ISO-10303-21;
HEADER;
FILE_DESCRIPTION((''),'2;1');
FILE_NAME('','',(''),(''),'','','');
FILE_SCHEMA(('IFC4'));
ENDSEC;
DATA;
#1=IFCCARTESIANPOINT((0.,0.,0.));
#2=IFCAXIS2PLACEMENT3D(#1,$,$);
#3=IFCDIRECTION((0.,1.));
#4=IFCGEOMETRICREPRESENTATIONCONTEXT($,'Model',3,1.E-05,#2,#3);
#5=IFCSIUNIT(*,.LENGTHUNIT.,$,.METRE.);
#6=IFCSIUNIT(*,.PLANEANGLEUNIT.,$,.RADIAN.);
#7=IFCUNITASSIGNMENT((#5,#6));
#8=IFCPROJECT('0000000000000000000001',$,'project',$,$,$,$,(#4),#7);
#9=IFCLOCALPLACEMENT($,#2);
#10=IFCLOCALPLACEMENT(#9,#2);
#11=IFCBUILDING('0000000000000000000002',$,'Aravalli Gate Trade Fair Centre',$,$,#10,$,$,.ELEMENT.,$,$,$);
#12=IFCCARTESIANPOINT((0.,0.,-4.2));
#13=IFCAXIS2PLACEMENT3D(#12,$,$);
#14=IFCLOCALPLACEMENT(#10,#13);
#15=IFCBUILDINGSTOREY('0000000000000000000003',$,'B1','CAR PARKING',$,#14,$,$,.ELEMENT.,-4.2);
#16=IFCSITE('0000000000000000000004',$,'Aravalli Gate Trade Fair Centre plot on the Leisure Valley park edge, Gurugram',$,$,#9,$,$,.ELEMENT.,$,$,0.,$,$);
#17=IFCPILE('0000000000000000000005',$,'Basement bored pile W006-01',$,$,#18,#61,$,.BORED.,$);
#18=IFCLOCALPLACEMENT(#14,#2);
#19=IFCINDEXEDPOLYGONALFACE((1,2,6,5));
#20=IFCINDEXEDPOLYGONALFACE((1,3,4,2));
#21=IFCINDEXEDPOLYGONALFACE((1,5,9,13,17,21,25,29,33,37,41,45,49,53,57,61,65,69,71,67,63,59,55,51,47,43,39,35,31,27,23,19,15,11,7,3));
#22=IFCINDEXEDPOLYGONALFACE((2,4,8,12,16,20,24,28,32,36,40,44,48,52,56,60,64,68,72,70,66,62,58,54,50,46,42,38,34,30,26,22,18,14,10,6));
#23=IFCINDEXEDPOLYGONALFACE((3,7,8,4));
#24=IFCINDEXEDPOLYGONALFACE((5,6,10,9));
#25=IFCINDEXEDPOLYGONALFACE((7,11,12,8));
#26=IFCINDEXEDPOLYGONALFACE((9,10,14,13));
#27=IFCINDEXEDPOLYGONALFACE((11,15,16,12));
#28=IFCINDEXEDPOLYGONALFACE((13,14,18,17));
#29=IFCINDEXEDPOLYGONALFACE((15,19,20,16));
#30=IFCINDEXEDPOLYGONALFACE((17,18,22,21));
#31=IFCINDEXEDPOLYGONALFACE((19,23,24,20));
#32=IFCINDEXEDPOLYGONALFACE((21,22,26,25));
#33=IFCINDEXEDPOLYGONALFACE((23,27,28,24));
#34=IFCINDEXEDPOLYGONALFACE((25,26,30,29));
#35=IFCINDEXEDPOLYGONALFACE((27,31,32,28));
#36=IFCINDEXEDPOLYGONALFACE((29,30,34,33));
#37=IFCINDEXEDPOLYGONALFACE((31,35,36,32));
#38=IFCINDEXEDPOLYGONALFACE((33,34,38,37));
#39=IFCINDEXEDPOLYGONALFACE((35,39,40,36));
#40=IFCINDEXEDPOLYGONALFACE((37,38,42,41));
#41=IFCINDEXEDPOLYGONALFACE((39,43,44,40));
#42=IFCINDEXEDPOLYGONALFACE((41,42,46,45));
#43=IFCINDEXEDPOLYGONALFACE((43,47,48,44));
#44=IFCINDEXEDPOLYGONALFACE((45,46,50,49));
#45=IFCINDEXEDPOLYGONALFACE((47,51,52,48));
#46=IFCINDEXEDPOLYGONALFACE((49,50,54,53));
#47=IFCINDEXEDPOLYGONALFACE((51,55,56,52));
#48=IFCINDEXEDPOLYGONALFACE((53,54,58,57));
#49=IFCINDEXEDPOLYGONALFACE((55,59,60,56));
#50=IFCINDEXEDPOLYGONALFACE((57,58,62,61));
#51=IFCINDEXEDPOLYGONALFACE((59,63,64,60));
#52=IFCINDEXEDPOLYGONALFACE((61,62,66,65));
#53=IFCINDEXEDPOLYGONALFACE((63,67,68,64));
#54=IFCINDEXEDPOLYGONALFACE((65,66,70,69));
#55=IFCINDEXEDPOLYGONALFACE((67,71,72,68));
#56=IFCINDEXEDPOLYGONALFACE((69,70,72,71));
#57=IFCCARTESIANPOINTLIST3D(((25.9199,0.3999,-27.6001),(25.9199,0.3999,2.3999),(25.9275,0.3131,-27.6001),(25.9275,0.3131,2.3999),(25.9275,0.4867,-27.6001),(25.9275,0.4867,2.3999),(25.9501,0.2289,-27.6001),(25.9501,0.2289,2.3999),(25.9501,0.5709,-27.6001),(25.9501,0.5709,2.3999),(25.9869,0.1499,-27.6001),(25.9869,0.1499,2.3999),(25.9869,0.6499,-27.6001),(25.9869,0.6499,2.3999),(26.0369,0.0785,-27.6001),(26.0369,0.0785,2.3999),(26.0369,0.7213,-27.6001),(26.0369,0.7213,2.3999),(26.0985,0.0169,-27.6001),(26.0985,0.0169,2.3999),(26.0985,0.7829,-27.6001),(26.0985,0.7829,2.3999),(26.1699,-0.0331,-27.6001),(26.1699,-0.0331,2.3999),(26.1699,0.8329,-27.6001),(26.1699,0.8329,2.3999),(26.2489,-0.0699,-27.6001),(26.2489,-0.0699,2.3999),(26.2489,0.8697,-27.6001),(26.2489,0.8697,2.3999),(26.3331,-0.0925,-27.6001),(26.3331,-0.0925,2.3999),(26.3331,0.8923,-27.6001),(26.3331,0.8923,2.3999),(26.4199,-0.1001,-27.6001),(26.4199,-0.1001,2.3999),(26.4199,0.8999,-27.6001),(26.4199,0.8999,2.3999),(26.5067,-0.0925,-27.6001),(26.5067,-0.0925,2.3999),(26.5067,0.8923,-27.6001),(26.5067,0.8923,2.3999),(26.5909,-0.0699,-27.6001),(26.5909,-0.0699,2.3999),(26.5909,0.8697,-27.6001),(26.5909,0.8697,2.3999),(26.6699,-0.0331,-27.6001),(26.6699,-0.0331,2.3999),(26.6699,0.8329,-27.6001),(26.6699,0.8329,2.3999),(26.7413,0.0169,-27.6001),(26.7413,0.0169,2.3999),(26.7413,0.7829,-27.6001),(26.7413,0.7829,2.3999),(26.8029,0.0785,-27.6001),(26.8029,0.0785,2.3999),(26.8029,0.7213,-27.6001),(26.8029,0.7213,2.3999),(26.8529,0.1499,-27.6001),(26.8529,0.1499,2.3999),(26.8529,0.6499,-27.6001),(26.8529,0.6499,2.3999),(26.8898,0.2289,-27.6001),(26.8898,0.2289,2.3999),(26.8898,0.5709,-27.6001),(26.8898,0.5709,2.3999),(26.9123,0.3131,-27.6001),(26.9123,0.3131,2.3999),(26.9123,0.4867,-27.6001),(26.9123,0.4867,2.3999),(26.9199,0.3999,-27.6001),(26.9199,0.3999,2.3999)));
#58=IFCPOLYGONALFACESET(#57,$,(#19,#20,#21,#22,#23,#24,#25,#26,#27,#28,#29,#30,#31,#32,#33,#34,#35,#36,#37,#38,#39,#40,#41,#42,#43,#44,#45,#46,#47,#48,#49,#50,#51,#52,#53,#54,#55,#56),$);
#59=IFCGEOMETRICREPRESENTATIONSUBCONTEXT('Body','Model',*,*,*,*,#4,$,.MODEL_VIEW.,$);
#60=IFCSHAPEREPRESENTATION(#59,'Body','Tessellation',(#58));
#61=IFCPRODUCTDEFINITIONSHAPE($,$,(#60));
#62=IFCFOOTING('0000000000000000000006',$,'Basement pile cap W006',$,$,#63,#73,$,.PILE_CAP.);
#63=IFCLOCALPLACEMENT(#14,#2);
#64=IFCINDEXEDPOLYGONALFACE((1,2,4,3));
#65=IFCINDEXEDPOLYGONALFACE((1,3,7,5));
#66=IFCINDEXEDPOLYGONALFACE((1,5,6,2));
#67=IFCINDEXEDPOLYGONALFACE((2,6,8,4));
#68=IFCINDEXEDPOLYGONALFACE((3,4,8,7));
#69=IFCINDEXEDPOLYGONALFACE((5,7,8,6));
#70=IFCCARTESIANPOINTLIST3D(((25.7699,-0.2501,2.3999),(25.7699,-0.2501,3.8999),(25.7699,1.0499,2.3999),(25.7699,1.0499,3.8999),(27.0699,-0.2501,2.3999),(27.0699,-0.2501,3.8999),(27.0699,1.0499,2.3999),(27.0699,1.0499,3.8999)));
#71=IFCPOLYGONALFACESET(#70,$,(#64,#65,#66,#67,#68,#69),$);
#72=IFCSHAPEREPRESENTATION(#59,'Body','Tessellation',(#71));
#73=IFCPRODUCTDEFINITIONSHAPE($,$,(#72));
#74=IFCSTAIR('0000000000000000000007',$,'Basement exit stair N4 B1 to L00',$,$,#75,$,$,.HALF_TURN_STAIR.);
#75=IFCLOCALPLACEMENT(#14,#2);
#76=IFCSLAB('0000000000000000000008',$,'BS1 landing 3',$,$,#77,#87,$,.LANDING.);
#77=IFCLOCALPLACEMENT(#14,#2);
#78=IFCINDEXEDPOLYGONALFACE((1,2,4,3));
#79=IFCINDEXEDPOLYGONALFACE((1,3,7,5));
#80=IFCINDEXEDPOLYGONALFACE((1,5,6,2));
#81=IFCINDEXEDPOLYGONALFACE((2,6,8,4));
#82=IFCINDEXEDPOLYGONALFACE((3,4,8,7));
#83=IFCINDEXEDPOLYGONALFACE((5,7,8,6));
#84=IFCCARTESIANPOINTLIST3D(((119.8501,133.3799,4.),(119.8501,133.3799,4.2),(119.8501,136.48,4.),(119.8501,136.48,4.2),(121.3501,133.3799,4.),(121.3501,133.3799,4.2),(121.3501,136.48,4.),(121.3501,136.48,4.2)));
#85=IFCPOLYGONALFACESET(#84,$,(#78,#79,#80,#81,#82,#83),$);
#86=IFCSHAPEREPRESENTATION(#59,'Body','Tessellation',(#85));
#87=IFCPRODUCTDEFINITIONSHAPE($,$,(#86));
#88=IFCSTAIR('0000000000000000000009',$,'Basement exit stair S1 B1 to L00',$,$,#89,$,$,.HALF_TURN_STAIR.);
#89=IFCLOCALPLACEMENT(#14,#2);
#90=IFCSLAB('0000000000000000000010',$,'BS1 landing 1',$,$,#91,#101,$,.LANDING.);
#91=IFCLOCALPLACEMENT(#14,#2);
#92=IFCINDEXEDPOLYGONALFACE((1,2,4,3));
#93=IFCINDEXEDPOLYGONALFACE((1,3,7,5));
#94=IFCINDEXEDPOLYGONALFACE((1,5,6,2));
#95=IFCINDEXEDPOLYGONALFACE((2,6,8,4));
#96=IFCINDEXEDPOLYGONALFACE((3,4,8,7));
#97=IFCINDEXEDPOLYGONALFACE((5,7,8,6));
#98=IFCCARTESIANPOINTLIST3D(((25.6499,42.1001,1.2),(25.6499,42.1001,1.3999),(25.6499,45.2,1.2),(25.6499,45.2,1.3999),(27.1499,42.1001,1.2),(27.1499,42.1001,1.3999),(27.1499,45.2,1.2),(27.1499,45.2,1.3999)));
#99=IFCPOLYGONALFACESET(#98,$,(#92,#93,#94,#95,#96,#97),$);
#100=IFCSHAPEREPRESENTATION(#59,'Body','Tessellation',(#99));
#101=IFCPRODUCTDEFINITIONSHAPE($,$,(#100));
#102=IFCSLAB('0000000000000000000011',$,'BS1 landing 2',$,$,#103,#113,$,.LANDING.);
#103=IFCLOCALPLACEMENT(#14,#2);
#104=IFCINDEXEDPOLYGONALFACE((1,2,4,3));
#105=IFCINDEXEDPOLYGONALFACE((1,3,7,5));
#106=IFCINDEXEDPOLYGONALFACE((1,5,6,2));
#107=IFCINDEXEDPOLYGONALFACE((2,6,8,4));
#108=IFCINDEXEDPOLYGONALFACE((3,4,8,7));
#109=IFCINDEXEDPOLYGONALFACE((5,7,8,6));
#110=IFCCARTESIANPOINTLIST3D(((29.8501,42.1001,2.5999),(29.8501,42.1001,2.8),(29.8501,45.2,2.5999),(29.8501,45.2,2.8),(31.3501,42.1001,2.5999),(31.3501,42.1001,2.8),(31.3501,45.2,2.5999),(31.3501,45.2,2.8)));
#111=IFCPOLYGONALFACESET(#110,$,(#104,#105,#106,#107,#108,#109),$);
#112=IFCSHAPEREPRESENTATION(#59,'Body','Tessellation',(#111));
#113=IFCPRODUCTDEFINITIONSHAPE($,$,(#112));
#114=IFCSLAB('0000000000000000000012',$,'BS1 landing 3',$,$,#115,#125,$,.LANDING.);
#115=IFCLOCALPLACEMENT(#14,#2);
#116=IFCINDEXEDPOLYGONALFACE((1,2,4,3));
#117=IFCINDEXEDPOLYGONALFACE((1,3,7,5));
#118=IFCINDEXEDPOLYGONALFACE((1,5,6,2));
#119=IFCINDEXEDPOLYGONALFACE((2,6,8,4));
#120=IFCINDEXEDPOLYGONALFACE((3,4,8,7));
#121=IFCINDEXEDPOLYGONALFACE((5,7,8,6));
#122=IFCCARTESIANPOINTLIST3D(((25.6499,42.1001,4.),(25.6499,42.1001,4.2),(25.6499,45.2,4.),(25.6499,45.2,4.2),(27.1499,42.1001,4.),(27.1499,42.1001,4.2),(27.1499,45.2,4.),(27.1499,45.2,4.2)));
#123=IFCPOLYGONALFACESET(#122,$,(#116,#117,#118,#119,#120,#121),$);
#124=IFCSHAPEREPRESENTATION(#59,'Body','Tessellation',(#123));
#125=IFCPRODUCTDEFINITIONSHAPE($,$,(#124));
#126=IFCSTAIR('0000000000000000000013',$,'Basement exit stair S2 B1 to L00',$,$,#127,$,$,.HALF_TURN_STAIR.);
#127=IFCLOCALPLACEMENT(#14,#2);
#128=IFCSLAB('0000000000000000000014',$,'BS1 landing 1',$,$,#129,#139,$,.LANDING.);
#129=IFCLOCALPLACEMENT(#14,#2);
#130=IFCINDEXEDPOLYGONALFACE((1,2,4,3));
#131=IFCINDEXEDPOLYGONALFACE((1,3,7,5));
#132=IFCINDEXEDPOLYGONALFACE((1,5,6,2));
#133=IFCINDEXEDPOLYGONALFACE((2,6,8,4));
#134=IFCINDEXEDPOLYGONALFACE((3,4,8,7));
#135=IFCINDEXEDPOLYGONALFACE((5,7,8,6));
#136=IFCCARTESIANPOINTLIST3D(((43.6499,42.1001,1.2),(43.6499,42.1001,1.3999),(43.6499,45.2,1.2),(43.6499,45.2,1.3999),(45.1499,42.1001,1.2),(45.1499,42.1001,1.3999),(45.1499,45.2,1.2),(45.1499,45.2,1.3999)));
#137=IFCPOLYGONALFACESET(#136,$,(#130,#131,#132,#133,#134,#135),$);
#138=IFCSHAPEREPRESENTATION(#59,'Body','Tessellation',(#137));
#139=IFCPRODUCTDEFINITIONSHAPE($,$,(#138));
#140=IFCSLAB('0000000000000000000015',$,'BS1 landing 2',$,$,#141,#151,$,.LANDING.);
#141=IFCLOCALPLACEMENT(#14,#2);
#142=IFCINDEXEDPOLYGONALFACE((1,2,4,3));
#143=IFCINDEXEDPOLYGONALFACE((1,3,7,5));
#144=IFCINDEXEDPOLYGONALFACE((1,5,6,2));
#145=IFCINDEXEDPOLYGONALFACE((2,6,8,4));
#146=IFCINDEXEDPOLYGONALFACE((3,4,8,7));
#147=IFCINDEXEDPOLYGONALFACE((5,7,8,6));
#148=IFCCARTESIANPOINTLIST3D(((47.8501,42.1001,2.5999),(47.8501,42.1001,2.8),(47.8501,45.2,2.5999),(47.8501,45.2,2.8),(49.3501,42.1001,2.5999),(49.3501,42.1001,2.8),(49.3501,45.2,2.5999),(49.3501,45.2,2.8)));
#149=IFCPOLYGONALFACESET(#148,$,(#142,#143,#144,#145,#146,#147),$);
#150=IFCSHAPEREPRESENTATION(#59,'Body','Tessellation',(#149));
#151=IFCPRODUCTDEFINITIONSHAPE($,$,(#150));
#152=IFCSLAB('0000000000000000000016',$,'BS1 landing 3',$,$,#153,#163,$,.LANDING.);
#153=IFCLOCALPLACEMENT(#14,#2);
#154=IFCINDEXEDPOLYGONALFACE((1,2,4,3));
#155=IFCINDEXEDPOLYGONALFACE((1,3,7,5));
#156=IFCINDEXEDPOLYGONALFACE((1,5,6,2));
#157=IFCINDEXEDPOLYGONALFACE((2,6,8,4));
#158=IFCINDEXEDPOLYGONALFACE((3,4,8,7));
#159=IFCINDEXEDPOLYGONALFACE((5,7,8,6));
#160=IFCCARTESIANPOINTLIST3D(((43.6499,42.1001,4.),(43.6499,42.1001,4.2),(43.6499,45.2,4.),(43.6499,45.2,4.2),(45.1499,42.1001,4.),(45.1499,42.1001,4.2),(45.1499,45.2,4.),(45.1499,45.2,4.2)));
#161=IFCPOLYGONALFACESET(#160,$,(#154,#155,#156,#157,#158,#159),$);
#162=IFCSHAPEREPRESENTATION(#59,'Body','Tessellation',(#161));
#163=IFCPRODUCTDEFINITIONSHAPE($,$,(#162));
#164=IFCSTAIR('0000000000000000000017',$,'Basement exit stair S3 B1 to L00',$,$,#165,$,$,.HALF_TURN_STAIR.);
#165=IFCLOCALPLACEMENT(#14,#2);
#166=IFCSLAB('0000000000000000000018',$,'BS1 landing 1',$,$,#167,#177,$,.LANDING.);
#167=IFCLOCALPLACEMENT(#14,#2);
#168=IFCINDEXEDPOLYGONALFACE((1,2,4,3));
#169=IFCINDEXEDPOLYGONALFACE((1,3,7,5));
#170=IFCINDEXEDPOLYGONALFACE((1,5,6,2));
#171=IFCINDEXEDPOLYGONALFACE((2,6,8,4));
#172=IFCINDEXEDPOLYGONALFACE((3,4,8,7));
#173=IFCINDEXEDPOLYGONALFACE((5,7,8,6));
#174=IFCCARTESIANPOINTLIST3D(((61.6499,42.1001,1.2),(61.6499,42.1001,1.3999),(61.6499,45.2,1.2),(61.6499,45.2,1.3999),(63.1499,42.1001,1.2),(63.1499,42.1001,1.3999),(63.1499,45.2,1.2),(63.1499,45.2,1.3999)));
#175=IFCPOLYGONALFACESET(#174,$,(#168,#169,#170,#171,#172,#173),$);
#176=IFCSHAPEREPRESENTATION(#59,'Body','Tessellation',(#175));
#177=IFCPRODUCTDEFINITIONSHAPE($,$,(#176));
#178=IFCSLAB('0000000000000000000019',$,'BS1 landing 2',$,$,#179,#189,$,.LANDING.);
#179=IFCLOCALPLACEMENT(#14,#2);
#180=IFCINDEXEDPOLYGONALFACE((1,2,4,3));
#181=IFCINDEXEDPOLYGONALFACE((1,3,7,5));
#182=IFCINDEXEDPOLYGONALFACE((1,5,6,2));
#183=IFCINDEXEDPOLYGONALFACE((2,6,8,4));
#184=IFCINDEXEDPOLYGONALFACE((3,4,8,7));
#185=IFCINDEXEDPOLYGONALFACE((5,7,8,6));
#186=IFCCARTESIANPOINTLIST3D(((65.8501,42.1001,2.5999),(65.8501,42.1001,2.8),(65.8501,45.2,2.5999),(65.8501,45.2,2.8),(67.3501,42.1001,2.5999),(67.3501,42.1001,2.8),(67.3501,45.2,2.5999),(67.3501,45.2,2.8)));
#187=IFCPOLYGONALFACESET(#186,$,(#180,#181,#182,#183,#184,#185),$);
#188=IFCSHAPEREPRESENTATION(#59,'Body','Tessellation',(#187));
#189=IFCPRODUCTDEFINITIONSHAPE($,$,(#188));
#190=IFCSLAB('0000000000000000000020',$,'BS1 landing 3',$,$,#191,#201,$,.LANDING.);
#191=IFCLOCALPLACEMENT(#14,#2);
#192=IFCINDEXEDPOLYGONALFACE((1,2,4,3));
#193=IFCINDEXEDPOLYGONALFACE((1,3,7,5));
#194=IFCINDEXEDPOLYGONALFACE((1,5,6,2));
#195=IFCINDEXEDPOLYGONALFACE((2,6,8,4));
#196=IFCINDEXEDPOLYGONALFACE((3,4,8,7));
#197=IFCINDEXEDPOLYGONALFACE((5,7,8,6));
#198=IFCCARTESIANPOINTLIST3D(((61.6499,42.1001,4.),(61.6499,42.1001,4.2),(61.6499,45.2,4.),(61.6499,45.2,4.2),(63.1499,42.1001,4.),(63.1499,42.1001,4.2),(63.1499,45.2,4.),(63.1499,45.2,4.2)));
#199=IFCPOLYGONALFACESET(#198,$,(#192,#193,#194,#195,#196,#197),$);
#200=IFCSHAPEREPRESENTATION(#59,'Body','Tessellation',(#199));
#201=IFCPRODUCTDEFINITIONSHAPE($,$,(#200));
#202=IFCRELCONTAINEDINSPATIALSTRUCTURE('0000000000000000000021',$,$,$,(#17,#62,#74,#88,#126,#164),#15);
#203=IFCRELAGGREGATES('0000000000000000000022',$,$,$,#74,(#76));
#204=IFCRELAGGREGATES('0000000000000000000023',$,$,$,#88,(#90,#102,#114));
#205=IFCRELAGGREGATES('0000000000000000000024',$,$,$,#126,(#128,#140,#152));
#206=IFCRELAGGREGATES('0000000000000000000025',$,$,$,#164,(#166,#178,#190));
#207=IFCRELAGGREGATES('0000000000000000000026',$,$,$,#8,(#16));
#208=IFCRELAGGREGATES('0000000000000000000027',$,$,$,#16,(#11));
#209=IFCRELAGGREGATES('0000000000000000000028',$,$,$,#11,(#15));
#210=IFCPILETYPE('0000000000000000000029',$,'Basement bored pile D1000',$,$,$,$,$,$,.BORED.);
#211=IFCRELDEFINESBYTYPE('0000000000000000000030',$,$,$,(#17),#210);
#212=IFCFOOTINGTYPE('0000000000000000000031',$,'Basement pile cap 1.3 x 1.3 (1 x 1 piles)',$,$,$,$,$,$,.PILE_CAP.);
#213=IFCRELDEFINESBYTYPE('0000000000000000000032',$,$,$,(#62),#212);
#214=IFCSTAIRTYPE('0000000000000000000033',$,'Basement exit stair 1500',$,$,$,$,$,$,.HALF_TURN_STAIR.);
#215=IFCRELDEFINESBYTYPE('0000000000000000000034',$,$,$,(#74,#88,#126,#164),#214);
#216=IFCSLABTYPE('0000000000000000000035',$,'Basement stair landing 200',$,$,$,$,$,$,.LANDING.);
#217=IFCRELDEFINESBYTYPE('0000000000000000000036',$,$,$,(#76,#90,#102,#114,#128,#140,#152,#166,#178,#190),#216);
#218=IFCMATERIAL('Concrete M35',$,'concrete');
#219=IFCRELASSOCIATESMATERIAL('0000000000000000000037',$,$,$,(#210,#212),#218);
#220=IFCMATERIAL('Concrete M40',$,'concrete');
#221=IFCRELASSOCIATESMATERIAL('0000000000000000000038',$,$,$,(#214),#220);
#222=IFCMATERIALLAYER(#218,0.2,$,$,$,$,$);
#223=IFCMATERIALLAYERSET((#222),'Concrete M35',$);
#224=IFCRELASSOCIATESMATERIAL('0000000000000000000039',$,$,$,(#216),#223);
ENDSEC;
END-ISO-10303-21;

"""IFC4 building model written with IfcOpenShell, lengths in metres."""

from ifc_helpers import new_model, si_unit, direction, frame, origin, origin_2d, place, context, subcontext, project, spatial, polyline, rectangle, circle, outline, extrude, material, layer, layer_set, material_profile, profile_set, type_object, element, aggregate, save


model = new_model("IFC4")

# Units and contexts
model_context = context("Model", 3, precision=1e-05, world=origin(), true_north=direction((0.0, 1.0)))
body_context = subcontext(model_context, "Body", "Model", "MODEL_VIEW")
ifc_project = project(units=[si_unit("LENGTHUNIT", "METRE"), si_unit("PLANEANGLEUNIT", "RADIAN")], contexts=[model_context])

# Site, building, storey
site_placement = place(None, origin())
site = spatial("IfcSite", under=ifc_project, at=site_placement, Name="Aravalli Gate Trade Fair Centre plot on the Leisure Valley park edge, Gurugram", CompositionType="ELEMENT", RefElevation=0.0)
building_placement = place(site_placement, origin())
building = spatial("IfcBuilding", under=site, at=building_placement, Name="Aravalli Gate Trade Fair Centre", CompositionType="ELEMENT")
storey_placement = place(building_placement, frame((0.0, 0.0, -4.2)))
storey = spatial("IfcBuildingStorey", under=building, at=storey_placement, Name="B1", Description="CAR PARKING", CompositionType="ELEMENT", Elevation=-4.2)

# Pile
ifc_material_1 = material(Name="Concrete M35", Category="concrete")
ifc_material_profile = material_profile(ifc_material_1, circle(Radius=0.5, at=origin_2d()), Name="D1000")
ifc_profile_set = profile_set([ifc_material_profile], Name="Concrete M35")
pile_type = type_object("IfcPileType", Name="Basement bored pile D1000", PredefinedType="BORED", material=ifc_profile_set)
pile_placement = place(storey_placement, frame((26.4199, 0.3999, 2.3999), z_axis=(0.0, 0.0, -1.0), x_axis=(1.0, 0.0, 0.0)))
element("IfcPile", 1, at=pile_placement, inside=storey, type_object=pile_type, Name="Basement bored pile W006-01", PredefinedType="BORED", context=body_context, shape_type="SweptSolid", body=[
    extrude(circle(Radius=0.5, at=origin_2d()), origin(), (0.0, 0.0, 1.0), 30.0),
])

# Footing
footing_type = type_object("IfcFootingType", Name="Basement pile cap 1.3 x 1.3 (1 x 1 piles)", PredefinedType="PILE_CAP", material=ifc_material_1)
footing_placement = place(storey_placement, frame((26.4199, 0.3999, 2.3999), z_axis=(0.0, 0.0, 1.0), x_axis=(1.0, 0.0, 0.0)))
element("IfcFooting", 2, at=footing_placement, inside=storey, type_object=footing_type, Name="Basement pile cap W006", PredefinedType="PILE_CAP", context=body_context, shape_type="SweptSolid", body=[
    extrude(rectangle(XDim=1.3, YDim=1.3, at=origin_2d()), origin(), (0.0, 0.0, 1.0), 1.5),
])

# Stair, slab
ifc_material_2 = material(Name="Concrete M40", Category="concrete")
stair_type_1 = type_object("IfcStairType", Name="Basement exit stair 1500", PredefinedType="HALF_TURN_STAIR", material=ifc_material_2)
stair_1_placement = place(storey_placement, origin())
stair_1 = element("IfcStair", 3, at=stair_1_placement, inside=storey, type_object=stair_type_1, Name="Basement exit stair N4 B1 to L00", PredefinedType="HALF_TURN_STAIR")
ifc_layer_1 = layer(ifc_material_1, 0.2)
ifc_layer_set_1 = layer_set([ifc_layer_1], Name="Concrete M35")
slab_type_1 = type_object("IfcSlabType", Name="Basement stair landing 200", PredefinedType="LANDING", material=ifc_layer_set_1)
slab_1_placement = place(storey_placement, frame((0.0, 0.0, 4.0)))
slab_1 = element("IfcSlab", 4, at=slab_1_placement, type_object=slab_type_1, Name="BS1 landing 3", PredefinedType="LANDING", context=body_context, shape_type="SweptSolid", body=[
    extrude(outline(polyline([(119.8501, 133.3799), (121.3501, 133.3799), (121.3501, 136.48), (119.8501, 136.48), (119.8501, 133.3799)])), origin(), (0.0, 0.0, 1.0), 0.2),
])
aggregate(stair_1, [slab_1])

# Stairs, slabs
stair_2_placement = place(storey_placement, origin())
stair_2 = element("IfcStair", 5, at=stair_2_placement, inside=storey, type_object=stair_type_1, Name="Basement exit stair S1 B1 to L00", PredefinedType="HALF_TURN_STAIR")
slab_2_placement = place(storey_placement, frame((0.0, 0.0, 1.2)))
slab_2 = element("IfcSlab", 6, at=slab_2_placement, type_object=slab_type_1, Name="BS1 landing 1", PredefinedType="LANDING", context=body_context, shape_type="SweptSolid", body=[
    extrude(outline(polyline([(27.1499, 45.2), (25.6499, 45.2), (25.6499, 42.1001), (27.1499, 42.1001), (27.1499, 45.2)])), origin(), (0.0, 0.0, 1.0), 0.2),
])
slab_3_placement = place(storey_placement, frame((0.0, 0.0, 2.5999)))
slab_3 = element("IfcSlab", 7, at=slab_3_placement, type_object=slab_type_1, Name="BS1 landing 2", PredefinedType="LANDING", context=body_context, shape_type="SweptSolid", body=[
    extrude(outline(polyline([(31.3501, 45.2), (29.8501, 45.2), (29.8501, 42.1001), (31.3501, 42.1001), (31.3501, 45.2)])), origin(), (0.0, 0.0, 1.0), 0.2002),
])
slab_4_placement = place(storey_placement, frame((0.0, 0.0, 4.0)))
slab_4 = element("IfcSlab", 8, at=slab_4_placement, type_object=slab_type_1, Name="BS1 landing 3", PredefinedType="LANDING", context=body_context, shape_type="SweptSolid", body=[
    extrude(outline(polyline([(27.1499, 45.2), (25.6499, 45.2), (25.6499, 42.1001), (27.1499, 42.1001), (27.1499, 45.2)])), origin(), (0.0, 0.0, 1.0), 0.2),
])
aggregate(stair_2, [slab_2, slab_3, slab_4])
stair_3_placement = place(storey_placement, origin())
stair_3 = element("IfcStair", 9, at=stair_3_placement, inside=storey, type_object=stair_type_1, Name="Basement exit stair S2 B1 to L00", PredefinedType="HALF_TURN_STAIR")
slab_5_placement = place(storey_placement, frame((0.0, 0.0, 1.2)))
slab_5 = element("IfcSlab", 10, at=slab_5_placement, type_object=slab_type_1, Name="BS1 landing 1", PredefinedType="LANDING", context=body_context, shape_type="SweptSolid", body=[
    extrude(outline(polyline([(45.1499, 45.2), (43.6499, 45.2), (43.6499, 42.1001), (45.1499, 42.1001), (45.1499, 45.2)])), origin(), (0.0, 0.0, 1.0), 0.2),
])
slab_6_placement = place(storey_placement, frame((0.0, 0.0, 2.5999)))
slab_6 = element("IfcSlab", 11, at=slab_6_placement, type_object=slab_type_1, Name="BS1 landing 2", PredefinedType="LANDING", context=body_context, shape_type="SweptSolid", body=[
    extrude(outline(polyline([(49.3501, 45.2), (47.8501, 45.2), (47.8501, 42.1001), (49.3501, 42.1001), (49.3501, 45.2)])), origin(), (0.0, 0.0, 1.0), 0.2002),
])
slab_7_placement = place(storey_placement, frame((0.0, 0.0, 4.0)))
slab_7 = element("IfcSlab", 12, at=slab_7_placement, type_object=slab_type_1, Name="BS1 landing 3", PredefinedType="LANDING", context=body_context, shape_type="SweptSolid", body=[
    extrude(outline(polyline([(45.1499, 45.2), (43.6499, 45.2), (43.6499, 42.1001), (45.1499, 42.1001), (45.1499, 45.2)])), origin(), (0.0, 0.0, 1.0), 0.2),
])
aggregate(stair_3, [slab_5, slab_6, slab_7])
stair_4_placement = place(storey_placement, origin())
stair_4 = element("IfcStair", 13, at=stair_4_placement, inside=storey, type_object=stair_type_1, Name="Basement exit stair S3 B1 to L00", PredefinedType="HALF_TURN_STAIR")
slab_8_placement = place(storey_placement, frame((0.0, 0.0, 1.2)))
slab_8 = element("IfcSlab", 14, at=slab_8_placement, type_object=slab_type_1, Name="BS1 landing 1", PredefinedType="LANDING", context=body_context, shape_type="SweptSolid", body=[
    extrude(outline(polyline([(63.1499, 45.2), (61.6499, 45.2), (61.6499, 42.1001), (63.1499, 42.1001), (63.1499, 45.2)])), origin(), (0.0, 0.0, 1.0), 0.2),
])
slab_9_placement = place(storey_placement, frame((0.0, 0.0, 2.5999)))
slab_9 = element("IfcSlab", 15, at=slab_9_placement, type_object=slab_type_1, Name="BS1 landing 2", PredefinedType="LANDING", context=body_context, shape_type="SweptSolid", body=[
    extrude(outline(polyline([(67.3501, 45.2), (65.8501, 45.2), (65.8501, 42.1001), (67.3501, 42.1001), (67.3501, 45.2)])), origin(), (0.0, 0.0, 1.0), 0.2002),
])
slab_10_placement = place(storey_placement, frame((0.0, 0.0, 4.0)))
slab_10 = element("IfcSlab", 16, at=slab_10_placement, type_object=slab_type_1, Name="BS1 landing 3", PredefinedType="LANDING", context=body_context, shape_type="SweptSolid", body=[
    extrude(outline(polyline([(63.1499, 45.2), (61.6499, 45.2), (61.6499, 42.1001), (63.1499, 42.1001), (63.1499, 45.2)])), origin(), (0.0, 0.0, 1.0), 0.2),
])
aggregate(stair_4, [slab_8, slab_9, slab_10])

save(model, "model.ifc")
